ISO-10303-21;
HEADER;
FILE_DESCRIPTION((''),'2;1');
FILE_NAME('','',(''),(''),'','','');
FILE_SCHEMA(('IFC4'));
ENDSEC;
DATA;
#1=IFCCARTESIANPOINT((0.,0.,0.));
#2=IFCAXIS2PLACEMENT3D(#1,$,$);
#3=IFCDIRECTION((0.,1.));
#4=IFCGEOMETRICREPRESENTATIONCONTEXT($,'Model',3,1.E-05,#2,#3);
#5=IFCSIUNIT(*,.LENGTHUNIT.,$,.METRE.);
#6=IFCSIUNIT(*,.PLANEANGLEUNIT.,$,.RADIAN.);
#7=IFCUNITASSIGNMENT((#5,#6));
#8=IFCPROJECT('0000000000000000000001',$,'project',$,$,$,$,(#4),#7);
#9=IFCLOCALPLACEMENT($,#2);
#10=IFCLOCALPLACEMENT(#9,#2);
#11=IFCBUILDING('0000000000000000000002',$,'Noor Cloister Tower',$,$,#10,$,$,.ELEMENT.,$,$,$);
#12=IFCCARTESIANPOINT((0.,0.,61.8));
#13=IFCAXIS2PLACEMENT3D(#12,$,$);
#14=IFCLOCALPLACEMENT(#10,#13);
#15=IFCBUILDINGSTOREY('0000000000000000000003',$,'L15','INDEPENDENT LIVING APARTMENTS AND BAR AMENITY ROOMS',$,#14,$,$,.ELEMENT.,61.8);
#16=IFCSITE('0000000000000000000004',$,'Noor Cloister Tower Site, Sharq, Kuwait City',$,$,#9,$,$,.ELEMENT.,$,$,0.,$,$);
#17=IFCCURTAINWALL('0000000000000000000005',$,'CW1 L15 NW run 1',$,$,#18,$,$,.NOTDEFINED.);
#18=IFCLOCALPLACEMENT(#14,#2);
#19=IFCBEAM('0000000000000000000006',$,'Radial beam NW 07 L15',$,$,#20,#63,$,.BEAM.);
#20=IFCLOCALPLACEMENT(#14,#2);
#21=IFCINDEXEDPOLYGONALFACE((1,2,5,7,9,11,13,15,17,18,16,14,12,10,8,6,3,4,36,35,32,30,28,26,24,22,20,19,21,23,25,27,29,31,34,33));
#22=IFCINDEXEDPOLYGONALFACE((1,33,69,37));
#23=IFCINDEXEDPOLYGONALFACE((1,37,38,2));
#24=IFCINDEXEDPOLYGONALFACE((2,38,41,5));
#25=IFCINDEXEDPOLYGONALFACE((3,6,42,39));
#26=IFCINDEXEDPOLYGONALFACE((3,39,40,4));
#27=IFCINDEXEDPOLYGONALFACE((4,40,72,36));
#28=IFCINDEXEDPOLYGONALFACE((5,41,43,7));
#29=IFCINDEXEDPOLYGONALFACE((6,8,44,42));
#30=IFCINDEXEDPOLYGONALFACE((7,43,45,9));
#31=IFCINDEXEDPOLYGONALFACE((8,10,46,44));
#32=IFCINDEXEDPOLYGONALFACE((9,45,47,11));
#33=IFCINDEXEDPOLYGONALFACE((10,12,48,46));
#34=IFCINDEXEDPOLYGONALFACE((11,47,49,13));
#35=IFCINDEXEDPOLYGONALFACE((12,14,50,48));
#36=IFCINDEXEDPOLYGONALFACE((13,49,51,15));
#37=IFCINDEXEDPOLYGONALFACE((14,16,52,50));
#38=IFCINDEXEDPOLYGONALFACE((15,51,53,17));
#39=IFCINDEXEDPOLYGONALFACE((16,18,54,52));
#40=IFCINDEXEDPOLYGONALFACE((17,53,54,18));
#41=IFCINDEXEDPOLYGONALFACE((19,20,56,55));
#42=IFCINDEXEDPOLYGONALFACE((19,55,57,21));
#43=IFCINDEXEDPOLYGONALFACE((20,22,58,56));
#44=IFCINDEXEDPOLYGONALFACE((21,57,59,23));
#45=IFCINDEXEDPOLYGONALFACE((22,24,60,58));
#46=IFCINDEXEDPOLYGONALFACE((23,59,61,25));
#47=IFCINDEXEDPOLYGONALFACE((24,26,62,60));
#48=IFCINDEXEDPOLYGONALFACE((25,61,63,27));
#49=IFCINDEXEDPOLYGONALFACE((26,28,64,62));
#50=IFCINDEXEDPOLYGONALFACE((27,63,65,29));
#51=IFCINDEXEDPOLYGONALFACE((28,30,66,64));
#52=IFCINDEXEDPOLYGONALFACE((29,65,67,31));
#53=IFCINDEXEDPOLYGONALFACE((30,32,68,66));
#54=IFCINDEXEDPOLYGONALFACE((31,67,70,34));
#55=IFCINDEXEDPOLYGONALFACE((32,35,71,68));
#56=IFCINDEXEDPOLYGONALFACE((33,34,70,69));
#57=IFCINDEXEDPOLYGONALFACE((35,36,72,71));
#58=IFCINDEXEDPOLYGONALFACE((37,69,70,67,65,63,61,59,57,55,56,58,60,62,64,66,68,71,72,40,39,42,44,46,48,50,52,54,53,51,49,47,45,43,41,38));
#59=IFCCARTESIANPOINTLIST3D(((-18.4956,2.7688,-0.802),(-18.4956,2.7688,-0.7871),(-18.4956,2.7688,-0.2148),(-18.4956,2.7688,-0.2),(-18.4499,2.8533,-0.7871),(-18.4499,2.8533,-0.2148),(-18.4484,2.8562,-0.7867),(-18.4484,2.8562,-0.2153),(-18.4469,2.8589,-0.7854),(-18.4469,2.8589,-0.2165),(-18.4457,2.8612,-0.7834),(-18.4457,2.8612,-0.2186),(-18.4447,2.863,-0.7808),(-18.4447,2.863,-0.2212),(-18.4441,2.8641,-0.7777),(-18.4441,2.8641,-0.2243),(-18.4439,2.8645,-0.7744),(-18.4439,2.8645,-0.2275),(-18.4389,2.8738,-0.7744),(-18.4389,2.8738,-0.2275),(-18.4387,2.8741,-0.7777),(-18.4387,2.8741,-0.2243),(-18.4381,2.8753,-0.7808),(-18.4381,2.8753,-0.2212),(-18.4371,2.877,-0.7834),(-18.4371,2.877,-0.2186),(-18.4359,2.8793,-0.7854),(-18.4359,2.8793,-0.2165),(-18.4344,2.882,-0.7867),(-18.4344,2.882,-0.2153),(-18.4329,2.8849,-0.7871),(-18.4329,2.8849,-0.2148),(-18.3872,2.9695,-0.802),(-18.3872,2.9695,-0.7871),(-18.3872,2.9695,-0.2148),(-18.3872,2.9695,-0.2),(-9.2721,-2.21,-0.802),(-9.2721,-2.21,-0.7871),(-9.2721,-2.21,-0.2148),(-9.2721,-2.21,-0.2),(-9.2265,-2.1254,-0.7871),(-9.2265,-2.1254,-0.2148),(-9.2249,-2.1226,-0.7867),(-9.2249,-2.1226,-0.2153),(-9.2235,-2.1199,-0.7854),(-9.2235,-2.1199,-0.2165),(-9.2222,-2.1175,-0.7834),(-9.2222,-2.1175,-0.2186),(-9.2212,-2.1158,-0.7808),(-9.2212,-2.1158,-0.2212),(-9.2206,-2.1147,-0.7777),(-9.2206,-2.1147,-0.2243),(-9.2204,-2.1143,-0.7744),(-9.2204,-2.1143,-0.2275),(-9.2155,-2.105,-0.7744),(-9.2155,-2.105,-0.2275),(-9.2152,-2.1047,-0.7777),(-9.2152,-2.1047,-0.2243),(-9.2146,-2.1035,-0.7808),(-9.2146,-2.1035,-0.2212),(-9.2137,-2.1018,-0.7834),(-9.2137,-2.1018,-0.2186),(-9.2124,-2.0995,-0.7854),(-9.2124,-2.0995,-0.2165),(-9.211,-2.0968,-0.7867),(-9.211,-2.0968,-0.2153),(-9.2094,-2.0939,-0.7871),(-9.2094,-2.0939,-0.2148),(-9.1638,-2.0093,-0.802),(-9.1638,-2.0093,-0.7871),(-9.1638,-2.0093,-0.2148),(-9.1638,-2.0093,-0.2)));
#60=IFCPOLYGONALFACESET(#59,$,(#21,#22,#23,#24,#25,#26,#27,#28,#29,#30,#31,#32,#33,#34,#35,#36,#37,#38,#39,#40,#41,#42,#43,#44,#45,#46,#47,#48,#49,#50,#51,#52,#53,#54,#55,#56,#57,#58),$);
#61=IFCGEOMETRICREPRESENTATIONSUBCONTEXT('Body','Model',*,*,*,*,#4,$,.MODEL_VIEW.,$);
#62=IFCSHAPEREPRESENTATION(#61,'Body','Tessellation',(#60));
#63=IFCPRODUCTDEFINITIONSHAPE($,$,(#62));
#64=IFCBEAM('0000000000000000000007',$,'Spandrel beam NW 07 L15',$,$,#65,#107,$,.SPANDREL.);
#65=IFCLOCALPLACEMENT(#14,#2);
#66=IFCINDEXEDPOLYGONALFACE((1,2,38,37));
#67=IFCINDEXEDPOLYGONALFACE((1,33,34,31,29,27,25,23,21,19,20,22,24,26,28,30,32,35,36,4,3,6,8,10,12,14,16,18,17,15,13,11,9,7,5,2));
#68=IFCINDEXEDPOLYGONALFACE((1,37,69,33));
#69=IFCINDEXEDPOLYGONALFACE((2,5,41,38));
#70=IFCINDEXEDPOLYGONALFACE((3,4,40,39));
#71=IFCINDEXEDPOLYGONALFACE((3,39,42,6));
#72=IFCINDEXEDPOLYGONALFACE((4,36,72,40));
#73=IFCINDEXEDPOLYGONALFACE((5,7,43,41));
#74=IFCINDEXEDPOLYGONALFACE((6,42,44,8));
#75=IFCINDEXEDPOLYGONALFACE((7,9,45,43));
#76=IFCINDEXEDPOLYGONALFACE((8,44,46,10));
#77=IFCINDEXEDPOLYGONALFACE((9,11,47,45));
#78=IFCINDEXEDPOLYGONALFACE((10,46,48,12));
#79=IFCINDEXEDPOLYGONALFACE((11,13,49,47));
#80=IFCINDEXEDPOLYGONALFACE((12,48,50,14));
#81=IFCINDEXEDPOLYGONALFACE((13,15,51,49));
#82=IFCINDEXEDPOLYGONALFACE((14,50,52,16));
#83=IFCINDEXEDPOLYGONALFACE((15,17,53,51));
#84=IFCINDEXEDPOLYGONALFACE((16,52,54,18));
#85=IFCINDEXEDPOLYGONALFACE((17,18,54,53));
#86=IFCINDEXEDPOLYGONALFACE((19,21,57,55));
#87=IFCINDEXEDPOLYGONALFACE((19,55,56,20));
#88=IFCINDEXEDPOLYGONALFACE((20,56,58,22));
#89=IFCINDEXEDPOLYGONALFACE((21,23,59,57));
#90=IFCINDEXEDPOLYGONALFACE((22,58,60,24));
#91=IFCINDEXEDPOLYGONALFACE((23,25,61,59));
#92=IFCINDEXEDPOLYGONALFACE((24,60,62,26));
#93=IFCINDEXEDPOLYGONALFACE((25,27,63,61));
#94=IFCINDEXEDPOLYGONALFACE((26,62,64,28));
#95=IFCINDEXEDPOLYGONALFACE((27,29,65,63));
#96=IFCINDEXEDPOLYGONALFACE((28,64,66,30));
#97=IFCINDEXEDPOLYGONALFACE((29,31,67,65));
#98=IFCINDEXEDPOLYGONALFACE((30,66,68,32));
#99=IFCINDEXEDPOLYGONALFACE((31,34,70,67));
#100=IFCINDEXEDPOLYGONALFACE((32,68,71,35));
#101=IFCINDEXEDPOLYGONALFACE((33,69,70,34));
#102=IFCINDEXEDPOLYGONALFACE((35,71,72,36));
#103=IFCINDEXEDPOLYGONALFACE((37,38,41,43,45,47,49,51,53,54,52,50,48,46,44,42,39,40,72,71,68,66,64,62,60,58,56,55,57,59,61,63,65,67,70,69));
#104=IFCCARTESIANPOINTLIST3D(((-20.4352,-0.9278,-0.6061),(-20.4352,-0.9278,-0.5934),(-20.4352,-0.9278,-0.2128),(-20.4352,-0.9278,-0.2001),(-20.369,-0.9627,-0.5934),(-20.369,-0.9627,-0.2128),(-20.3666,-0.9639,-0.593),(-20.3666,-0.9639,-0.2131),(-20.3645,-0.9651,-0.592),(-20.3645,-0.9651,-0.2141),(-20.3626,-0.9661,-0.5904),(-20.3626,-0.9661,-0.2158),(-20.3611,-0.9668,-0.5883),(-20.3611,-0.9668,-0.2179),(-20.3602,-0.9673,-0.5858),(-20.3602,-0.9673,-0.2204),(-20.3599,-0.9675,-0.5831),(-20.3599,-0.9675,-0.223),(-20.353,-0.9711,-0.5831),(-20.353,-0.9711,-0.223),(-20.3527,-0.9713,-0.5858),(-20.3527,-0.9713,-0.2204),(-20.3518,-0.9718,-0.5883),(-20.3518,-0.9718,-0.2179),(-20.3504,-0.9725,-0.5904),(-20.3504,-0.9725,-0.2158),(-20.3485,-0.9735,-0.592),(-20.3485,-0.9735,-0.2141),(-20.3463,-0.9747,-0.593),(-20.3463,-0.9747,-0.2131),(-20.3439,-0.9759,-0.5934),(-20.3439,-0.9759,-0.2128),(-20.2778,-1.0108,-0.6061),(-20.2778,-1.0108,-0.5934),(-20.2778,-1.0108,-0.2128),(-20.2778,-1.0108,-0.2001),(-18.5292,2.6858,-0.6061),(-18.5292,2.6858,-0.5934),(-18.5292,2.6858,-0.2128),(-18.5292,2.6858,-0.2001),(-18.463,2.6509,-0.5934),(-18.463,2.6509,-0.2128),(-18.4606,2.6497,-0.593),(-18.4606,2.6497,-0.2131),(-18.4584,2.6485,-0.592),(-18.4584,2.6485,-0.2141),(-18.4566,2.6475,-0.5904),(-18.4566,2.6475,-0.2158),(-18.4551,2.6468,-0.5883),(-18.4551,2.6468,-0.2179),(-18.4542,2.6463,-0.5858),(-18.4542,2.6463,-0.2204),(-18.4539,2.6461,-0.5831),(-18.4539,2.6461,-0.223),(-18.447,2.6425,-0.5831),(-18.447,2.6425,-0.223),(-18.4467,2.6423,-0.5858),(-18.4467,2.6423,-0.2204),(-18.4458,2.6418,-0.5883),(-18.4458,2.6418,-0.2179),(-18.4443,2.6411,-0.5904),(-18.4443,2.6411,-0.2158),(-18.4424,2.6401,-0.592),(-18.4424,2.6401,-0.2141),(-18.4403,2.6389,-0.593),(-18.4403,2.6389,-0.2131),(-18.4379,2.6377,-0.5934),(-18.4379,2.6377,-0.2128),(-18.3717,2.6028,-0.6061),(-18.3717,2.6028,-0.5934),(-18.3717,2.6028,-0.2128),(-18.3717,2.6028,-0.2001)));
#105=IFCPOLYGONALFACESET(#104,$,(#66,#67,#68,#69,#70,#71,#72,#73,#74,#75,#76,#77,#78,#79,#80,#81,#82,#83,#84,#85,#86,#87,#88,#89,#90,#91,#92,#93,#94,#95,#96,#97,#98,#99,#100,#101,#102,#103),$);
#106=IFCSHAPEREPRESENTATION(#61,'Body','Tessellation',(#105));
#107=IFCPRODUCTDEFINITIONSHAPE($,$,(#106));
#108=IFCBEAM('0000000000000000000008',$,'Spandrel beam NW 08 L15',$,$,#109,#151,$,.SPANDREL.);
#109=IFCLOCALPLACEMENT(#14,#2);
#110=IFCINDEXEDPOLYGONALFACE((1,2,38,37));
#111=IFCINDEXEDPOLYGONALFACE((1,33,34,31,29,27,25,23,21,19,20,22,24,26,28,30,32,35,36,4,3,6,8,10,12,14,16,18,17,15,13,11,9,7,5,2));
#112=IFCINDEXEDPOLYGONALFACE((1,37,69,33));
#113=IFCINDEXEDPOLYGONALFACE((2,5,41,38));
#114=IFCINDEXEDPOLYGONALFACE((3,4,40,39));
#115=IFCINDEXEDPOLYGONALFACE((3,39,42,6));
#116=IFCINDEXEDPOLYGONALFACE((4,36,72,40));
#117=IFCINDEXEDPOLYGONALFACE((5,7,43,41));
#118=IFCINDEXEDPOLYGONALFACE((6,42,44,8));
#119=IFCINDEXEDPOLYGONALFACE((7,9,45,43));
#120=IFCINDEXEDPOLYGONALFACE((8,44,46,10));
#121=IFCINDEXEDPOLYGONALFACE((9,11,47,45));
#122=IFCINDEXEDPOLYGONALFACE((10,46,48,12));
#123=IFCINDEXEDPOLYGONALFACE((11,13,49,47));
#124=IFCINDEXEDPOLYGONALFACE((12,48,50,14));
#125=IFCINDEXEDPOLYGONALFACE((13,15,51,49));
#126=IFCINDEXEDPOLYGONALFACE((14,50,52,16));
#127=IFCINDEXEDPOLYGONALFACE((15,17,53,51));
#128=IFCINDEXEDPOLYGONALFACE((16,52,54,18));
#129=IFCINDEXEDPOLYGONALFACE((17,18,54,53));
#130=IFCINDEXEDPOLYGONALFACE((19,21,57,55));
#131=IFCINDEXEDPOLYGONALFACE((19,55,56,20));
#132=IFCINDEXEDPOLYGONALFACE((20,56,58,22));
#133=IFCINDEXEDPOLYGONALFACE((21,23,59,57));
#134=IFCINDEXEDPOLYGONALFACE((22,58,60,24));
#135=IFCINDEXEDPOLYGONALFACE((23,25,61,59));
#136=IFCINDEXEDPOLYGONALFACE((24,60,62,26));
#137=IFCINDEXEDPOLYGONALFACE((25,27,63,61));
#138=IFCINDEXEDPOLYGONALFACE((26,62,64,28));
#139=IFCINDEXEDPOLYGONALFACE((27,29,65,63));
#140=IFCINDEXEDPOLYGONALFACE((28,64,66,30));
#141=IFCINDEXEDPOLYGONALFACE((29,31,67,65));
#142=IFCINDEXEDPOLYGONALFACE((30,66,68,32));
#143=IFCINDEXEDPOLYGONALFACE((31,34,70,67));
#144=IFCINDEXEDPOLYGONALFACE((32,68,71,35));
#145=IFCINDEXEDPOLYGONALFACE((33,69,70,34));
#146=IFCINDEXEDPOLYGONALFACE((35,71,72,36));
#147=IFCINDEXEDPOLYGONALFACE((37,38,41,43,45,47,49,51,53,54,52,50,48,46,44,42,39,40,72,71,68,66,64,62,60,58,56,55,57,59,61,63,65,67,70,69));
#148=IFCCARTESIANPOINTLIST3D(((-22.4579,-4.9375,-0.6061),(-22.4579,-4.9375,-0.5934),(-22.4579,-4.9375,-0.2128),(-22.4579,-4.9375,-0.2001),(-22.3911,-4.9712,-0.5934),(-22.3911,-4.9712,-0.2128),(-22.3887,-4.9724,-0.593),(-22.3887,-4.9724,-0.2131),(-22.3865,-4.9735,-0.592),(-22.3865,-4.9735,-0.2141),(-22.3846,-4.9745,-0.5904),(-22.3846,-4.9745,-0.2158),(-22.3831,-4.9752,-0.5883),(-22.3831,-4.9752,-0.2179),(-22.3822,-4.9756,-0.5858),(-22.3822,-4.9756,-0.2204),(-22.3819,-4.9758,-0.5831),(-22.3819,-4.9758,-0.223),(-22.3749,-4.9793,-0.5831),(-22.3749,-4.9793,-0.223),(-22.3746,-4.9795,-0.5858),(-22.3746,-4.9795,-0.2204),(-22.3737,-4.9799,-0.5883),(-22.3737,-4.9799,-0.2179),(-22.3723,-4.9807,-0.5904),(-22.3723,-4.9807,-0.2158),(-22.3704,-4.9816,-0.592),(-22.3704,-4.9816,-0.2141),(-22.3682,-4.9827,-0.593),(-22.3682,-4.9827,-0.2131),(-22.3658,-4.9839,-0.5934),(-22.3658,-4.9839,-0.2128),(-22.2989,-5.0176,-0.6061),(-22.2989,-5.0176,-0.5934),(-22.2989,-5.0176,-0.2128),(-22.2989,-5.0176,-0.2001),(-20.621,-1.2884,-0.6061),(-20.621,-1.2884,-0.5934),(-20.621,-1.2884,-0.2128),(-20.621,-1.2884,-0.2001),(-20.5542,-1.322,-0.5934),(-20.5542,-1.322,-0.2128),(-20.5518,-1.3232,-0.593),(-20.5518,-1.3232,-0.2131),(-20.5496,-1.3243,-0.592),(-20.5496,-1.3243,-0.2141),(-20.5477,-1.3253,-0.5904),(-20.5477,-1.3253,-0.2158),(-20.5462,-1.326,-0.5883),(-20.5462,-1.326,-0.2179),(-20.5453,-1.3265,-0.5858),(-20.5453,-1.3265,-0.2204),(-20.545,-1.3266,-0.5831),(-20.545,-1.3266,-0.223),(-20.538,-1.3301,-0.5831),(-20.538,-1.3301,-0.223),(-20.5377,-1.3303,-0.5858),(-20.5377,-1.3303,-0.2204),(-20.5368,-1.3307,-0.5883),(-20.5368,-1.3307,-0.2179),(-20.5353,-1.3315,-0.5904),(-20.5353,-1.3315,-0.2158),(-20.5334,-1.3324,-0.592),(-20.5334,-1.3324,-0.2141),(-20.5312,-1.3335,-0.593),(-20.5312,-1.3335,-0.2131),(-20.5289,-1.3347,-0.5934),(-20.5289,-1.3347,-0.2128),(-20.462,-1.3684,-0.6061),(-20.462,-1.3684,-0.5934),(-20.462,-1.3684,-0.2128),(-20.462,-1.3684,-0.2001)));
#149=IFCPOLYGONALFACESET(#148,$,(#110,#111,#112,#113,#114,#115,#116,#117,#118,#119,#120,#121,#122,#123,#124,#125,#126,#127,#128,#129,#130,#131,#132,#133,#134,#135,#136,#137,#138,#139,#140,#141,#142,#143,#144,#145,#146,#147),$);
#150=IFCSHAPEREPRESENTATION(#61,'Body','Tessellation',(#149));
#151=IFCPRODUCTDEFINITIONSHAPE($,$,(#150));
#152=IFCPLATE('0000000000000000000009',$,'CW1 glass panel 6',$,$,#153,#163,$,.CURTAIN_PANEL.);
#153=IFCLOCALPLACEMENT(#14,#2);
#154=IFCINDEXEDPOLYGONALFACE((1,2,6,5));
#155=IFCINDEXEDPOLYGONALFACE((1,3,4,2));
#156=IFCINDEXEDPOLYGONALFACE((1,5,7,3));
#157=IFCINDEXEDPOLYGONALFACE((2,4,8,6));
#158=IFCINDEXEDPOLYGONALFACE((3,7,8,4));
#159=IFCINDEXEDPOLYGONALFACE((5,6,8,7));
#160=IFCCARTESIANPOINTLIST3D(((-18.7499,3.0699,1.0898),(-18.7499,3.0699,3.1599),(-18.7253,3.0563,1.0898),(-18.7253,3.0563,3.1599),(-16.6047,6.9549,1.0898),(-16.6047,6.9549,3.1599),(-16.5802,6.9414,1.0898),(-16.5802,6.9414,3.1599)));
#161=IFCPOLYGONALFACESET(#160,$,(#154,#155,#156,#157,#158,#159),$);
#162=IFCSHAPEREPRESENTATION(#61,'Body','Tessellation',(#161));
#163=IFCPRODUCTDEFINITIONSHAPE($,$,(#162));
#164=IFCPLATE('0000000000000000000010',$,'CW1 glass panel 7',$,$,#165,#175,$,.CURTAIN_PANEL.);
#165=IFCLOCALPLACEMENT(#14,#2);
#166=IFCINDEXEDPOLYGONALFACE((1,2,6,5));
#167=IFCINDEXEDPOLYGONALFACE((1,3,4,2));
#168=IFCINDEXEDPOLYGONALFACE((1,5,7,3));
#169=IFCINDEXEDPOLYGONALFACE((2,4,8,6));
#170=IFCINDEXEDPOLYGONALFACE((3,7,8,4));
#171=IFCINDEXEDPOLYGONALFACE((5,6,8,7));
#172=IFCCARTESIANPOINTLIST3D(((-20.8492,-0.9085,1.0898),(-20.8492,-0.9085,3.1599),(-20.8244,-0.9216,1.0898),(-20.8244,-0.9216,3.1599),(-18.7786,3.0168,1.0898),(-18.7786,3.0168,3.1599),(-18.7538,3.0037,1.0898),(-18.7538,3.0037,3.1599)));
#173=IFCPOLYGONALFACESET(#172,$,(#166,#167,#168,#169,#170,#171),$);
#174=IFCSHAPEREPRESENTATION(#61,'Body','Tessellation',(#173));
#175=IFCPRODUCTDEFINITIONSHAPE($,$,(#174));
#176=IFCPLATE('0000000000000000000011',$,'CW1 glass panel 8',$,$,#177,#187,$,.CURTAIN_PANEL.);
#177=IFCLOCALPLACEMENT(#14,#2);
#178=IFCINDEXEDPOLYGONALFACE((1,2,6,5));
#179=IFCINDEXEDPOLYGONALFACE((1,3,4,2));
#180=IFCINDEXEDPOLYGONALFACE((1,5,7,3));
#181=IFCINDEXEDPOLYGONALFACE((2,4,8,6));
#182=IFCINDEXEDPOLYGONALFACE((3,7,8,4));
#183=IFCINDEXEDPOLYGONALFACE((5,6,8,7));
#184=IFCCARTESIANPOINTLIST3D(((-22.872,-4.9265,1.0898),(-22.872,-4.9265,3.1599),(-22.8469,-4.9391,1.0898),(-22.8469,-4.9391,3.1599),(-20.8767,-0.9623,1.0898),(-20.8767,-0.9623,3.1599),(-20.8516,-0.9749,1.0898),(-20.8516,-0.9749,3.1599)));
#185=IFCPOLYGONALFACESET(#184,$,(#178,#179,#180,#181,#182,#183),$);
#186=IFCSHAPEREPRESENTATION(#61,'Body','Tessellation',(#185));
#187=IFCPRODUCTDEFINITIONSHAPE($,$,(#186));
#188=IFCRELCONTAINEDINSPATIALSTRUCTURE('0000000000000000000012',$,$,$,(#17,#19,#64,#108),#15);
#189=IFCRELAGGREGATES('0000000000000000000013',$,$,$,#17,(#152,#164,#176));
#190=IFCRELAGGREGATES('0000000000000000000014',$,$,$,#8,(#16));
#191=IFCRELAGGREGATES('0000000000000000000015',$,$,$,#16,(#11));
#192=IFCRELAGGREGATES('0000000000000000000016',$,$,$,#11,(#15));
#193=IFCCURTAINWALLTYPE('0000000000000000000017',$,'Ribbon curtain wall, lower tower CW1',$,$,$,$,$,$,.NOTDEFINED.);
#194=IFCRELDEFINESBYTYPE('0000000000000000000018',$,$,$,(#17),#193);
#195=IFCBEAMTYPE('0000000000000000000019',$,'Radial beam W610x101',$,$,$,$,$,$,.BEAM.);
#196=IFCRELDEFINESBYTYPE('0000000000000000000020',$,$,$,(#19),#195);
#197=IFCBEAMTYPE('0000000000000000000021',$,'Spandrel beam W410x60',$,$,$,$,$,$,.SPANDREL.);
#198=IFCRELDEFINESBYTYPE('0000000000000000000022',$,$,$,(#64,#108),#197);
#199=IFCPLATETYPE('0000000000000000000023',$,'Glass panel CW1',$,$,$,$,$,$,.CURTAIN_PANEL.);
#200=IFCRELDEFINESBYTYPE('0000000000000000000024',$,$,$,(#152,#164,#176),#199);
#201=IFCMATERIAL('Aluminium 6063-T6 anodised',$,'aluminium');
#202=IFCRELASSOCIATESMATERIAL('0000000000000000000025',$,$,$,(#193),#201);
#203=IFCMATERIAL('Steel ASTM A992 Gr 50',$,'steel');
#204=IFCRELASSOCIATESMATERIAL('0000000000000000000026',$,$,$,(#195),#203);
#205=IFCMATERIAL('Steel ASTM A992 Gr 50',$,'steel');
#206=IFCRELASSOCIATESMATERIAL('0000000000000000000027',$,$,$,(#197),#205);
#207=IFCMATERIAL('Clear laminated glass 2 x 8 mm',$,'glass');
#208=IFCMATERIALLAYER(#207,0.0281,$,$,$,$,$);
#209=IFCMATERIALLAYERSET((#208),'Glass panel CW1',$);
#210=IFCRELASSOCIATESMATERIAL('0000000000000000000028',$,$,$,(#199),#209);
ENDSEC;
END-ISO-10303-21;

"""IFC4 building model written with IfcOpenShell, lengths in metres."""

from ifc_helpers import new_model, si_unit, direction, frame, origin, origin_2d, place, context, subcontext, project, spatial, rectangle, i_section, extrude, material, layer, layer_set, material_profile, profile_set, type_object, element, aggregate, save


model = new_model("IFC4")

# Units and contexts
model_context = context("Model", 3, precision=1e-05, world=origin(), true_north=direction((0.0, 1.0)))
body_context = subcontext(model_context, "Body", "Model", "MODEL_VIEW")
ifc_project = project(units=[si_unit("LENGTHUNIT", "METRE"), si_unit("PLANEANGLEUNIT", "RADIAN")], contexts=[model_context])

# Site, building, storey
site_placement = place(None, origin())
site = spatial("IfcSite", under=ifc_project, at=site_placement, Name="Noor Cloister Tower Site, Sharq, Kuwait City", CompositionType="ELEMENT", RefElevation=0.0)
building_placement = place(site_placement, origin())
building = spatial("IfcBuilding", under=site, at=building_placement, Name="Noor Cloister Tower", CompositionType="ELEMENT")
storey_placement = place(building_placement, frame((0.0, 0.0, 61.8)))
storey = spatial("IfcBuildingStorey", under=building, at=storey_placement, Name="L15", Description="INDEPENDENT LIVING APARTMENTS AND BAR AMENITY ROOMS", CompositionType="ELEMENT", Elevation=61.8)

# Curtain wall
ifc_material_1 = material(Name="Aluminium 6063-T6 anodised", Category="aluminium")
curtain_wall_type = type_object("IfcCurtainWallType", Name="Ribbon curtain wall, lower tower CW1", PredefinedType="NOTDEFINED", material=ifc_material_1)
curtain_wall_placement = place(storey_placement, origin())
curtain_wall = element("IfcCurtainWall", 1, at=curtain_wall_placement, inside=storey, type_object=curtain_wall_type, Name="CW1 L15 NW run 1", PredefinedType="NOTDEFINED")

# Beams
ifc_material_2 = material(Name="Steel ASTM A992 Gr 50", Category="steel")
ifc_material_profile_1 = material_profile(ifc_material_2, i_section(OverallWidth=0.228, OverallDepth=0.6021, WebThickness=0.0105, FlangeThickness=0.0149, FilletRadius=0.0127, at=origin_2d()), Name="W610x101")
ifc_profile_set_1 = profile_set([ifc_material_profile_1], Name="Steel ASTM A992 Gr 50")
beam_type_1 = type_object("IfcBeamType", Name="Radial beam W610x101", PredefinedType="BEAM", material=ifc_profile_set_1)
beam_1_placement = place(storey_placement, frame((-18.4414, 2.8691, -0.501), z_axis=(0.87998, -0.475011, 0.0), x_axis=(0.475011, 0.87998, 0.0)))
element("IfcBeam", 2, at=beam_1_placement, inside=storey, type_object=beam_type_1, Name="Radial beam NW 07 L15", PredefinedType="BEAM", context=body_context, shape_type="SweptSolid", body=[
    extrude(i_section(OverallWidth=0.228, OverallDepth=0.6021, WebThickness=0.0105, FlangeThickness=0.0149, FilletRadius=0.0127, at=origin_2d()), origin(), (0.0, 0.0, 1.0), 10.4814),
])
ifc_material_3 = material(Name="Steel ASTM A992 Gr 50", Category="steel")
ifc_material_profile_2 = material_profile(ifc_material_3, i_section(OverallWidth=0.178, OverallDepth=0.406, WebThickness=0.0078, FlangeThickness=0.0127, FilletRadius=0.0103, at=origin_2d()), Name="W410x60")
ifc_profile_set_2 = profile_set([ifc_material_profile_2], Name="Steel ASTM A992 Gr 50")
beam_type_2 = type_object("IfcBeamType", Name="Spandrel beam W410x60", PredefinedType="SPANDREL", material=ifc_profile_set_2)
for number, where, z_axis, x_axis, name in (
    (3, (-18.4504, 2.6443, -0.4031), (-0.466542, -0.884499, 0.0), (0.884499, -0.466542, 0.0), "Spandrel beam NW 07 L15"),
    (4, (-20.5415, -1.3284, -0.4031), (-0.449626, -0.893217, 0.0), (0.893217, -0.449626, 0.0), "Spandrel beam NW 08 L15"),
):
    element("IfcBeam", number, at=place(storey_placement, frame(where, z_axis=z_axis, x_axis=x_axis)), inside=storey, type_object=beam_type_2, Name=name, PredefinedType="SPANDREL", context=body_context, shape_type="SweptSolid", body=[
        extrude(i_section(OverallWidth=0.178, OverallDepth=0.406, WebThickness=0.0078, FlangeThickness=0.0127, FilletRadius=0.0103, at=origin_2d()), origin(), (0.0, 0.0, 1.0), 4.0854),
    ])

# Plates
ifc_material_4 = material(Name="Clear laminated glass 2 x 8 mm", Category="glass")
ifc_layer_1 = layer(ifc_material_4, 0.0281)
ifc_layer_set_1 = layer_set([ifc_layer_1], Name="Glass panel CW1")
plate_type = type_object("IfcPlateType", Name="Glass panel CW1", PredefinedType="CURTAIN_PANEL", material=ifc_layer_set_1)
plate_1_placement = place(storey_placement, frame((-17.665, 5.0056, 1.0898), z_axis=(0.0, 0.0, 1.0), x_axis=(-0.483372, -0.875415, 0.0)))
plate_1 = element("IfcPlate", 5, at=plate_1_placement, type_object=plate_type, Name="CW1 glass panel 6", PredefinedType="CURTAIN_PANEL", context=body_context, shape_type="SweptSolid", body=[
    extrude(rectangle(XDim=4.438, YDim=0.0281, at=origin_2d()), origin(), (0.0, 0.0, 1.0), 2.0701),
])
plate_2_placement = place(storey_placement, frame((-19.8015, 1.0476, 1.0898), z_axis=(0.0, 0.0, 1.0), x_axis=(-0.466568, -0.884486, 0.0)))
plate_2 = element("IfcPlate", 6, at=plate_2_placement, type_object=plate_type, Name="CW1 glass panel 7", PredefinedType="CURTAIN_PANEL", context=body_context, shape_type="SweptSolid", body=[
    extrude(rectangle(XDim=4.438, YDim=0.0281, at=origin_2d()), origin(), (0.0, 0.0, 1.0), 2.0701),
])
plate_3_placement = place(storey_placement, frame((-21.8618, -2.9507, 1.0898), z_axis=(0.0, 0.0, 1.0), x_axis=(-0.449593, -0.893233, 0.0)))
plate_3 = element("IfcPlate", 7, at=plate_3_placement, type_object=plate_type, Name="CW1 glass panel 8", PredefinedType="CURTAIN_PANEL", context=body_context, shape_type="SweptSolid", body=[
    extrude(rectangle(XDim=4.438, YDim=0.0281, at=origin_2d()), origin(), (0.0, 0.0, 1.0), 2.0701),
])
aggregate(curtain_wall, [plate_1, plate_2, plate_3])

save(model, "model.ifc")
